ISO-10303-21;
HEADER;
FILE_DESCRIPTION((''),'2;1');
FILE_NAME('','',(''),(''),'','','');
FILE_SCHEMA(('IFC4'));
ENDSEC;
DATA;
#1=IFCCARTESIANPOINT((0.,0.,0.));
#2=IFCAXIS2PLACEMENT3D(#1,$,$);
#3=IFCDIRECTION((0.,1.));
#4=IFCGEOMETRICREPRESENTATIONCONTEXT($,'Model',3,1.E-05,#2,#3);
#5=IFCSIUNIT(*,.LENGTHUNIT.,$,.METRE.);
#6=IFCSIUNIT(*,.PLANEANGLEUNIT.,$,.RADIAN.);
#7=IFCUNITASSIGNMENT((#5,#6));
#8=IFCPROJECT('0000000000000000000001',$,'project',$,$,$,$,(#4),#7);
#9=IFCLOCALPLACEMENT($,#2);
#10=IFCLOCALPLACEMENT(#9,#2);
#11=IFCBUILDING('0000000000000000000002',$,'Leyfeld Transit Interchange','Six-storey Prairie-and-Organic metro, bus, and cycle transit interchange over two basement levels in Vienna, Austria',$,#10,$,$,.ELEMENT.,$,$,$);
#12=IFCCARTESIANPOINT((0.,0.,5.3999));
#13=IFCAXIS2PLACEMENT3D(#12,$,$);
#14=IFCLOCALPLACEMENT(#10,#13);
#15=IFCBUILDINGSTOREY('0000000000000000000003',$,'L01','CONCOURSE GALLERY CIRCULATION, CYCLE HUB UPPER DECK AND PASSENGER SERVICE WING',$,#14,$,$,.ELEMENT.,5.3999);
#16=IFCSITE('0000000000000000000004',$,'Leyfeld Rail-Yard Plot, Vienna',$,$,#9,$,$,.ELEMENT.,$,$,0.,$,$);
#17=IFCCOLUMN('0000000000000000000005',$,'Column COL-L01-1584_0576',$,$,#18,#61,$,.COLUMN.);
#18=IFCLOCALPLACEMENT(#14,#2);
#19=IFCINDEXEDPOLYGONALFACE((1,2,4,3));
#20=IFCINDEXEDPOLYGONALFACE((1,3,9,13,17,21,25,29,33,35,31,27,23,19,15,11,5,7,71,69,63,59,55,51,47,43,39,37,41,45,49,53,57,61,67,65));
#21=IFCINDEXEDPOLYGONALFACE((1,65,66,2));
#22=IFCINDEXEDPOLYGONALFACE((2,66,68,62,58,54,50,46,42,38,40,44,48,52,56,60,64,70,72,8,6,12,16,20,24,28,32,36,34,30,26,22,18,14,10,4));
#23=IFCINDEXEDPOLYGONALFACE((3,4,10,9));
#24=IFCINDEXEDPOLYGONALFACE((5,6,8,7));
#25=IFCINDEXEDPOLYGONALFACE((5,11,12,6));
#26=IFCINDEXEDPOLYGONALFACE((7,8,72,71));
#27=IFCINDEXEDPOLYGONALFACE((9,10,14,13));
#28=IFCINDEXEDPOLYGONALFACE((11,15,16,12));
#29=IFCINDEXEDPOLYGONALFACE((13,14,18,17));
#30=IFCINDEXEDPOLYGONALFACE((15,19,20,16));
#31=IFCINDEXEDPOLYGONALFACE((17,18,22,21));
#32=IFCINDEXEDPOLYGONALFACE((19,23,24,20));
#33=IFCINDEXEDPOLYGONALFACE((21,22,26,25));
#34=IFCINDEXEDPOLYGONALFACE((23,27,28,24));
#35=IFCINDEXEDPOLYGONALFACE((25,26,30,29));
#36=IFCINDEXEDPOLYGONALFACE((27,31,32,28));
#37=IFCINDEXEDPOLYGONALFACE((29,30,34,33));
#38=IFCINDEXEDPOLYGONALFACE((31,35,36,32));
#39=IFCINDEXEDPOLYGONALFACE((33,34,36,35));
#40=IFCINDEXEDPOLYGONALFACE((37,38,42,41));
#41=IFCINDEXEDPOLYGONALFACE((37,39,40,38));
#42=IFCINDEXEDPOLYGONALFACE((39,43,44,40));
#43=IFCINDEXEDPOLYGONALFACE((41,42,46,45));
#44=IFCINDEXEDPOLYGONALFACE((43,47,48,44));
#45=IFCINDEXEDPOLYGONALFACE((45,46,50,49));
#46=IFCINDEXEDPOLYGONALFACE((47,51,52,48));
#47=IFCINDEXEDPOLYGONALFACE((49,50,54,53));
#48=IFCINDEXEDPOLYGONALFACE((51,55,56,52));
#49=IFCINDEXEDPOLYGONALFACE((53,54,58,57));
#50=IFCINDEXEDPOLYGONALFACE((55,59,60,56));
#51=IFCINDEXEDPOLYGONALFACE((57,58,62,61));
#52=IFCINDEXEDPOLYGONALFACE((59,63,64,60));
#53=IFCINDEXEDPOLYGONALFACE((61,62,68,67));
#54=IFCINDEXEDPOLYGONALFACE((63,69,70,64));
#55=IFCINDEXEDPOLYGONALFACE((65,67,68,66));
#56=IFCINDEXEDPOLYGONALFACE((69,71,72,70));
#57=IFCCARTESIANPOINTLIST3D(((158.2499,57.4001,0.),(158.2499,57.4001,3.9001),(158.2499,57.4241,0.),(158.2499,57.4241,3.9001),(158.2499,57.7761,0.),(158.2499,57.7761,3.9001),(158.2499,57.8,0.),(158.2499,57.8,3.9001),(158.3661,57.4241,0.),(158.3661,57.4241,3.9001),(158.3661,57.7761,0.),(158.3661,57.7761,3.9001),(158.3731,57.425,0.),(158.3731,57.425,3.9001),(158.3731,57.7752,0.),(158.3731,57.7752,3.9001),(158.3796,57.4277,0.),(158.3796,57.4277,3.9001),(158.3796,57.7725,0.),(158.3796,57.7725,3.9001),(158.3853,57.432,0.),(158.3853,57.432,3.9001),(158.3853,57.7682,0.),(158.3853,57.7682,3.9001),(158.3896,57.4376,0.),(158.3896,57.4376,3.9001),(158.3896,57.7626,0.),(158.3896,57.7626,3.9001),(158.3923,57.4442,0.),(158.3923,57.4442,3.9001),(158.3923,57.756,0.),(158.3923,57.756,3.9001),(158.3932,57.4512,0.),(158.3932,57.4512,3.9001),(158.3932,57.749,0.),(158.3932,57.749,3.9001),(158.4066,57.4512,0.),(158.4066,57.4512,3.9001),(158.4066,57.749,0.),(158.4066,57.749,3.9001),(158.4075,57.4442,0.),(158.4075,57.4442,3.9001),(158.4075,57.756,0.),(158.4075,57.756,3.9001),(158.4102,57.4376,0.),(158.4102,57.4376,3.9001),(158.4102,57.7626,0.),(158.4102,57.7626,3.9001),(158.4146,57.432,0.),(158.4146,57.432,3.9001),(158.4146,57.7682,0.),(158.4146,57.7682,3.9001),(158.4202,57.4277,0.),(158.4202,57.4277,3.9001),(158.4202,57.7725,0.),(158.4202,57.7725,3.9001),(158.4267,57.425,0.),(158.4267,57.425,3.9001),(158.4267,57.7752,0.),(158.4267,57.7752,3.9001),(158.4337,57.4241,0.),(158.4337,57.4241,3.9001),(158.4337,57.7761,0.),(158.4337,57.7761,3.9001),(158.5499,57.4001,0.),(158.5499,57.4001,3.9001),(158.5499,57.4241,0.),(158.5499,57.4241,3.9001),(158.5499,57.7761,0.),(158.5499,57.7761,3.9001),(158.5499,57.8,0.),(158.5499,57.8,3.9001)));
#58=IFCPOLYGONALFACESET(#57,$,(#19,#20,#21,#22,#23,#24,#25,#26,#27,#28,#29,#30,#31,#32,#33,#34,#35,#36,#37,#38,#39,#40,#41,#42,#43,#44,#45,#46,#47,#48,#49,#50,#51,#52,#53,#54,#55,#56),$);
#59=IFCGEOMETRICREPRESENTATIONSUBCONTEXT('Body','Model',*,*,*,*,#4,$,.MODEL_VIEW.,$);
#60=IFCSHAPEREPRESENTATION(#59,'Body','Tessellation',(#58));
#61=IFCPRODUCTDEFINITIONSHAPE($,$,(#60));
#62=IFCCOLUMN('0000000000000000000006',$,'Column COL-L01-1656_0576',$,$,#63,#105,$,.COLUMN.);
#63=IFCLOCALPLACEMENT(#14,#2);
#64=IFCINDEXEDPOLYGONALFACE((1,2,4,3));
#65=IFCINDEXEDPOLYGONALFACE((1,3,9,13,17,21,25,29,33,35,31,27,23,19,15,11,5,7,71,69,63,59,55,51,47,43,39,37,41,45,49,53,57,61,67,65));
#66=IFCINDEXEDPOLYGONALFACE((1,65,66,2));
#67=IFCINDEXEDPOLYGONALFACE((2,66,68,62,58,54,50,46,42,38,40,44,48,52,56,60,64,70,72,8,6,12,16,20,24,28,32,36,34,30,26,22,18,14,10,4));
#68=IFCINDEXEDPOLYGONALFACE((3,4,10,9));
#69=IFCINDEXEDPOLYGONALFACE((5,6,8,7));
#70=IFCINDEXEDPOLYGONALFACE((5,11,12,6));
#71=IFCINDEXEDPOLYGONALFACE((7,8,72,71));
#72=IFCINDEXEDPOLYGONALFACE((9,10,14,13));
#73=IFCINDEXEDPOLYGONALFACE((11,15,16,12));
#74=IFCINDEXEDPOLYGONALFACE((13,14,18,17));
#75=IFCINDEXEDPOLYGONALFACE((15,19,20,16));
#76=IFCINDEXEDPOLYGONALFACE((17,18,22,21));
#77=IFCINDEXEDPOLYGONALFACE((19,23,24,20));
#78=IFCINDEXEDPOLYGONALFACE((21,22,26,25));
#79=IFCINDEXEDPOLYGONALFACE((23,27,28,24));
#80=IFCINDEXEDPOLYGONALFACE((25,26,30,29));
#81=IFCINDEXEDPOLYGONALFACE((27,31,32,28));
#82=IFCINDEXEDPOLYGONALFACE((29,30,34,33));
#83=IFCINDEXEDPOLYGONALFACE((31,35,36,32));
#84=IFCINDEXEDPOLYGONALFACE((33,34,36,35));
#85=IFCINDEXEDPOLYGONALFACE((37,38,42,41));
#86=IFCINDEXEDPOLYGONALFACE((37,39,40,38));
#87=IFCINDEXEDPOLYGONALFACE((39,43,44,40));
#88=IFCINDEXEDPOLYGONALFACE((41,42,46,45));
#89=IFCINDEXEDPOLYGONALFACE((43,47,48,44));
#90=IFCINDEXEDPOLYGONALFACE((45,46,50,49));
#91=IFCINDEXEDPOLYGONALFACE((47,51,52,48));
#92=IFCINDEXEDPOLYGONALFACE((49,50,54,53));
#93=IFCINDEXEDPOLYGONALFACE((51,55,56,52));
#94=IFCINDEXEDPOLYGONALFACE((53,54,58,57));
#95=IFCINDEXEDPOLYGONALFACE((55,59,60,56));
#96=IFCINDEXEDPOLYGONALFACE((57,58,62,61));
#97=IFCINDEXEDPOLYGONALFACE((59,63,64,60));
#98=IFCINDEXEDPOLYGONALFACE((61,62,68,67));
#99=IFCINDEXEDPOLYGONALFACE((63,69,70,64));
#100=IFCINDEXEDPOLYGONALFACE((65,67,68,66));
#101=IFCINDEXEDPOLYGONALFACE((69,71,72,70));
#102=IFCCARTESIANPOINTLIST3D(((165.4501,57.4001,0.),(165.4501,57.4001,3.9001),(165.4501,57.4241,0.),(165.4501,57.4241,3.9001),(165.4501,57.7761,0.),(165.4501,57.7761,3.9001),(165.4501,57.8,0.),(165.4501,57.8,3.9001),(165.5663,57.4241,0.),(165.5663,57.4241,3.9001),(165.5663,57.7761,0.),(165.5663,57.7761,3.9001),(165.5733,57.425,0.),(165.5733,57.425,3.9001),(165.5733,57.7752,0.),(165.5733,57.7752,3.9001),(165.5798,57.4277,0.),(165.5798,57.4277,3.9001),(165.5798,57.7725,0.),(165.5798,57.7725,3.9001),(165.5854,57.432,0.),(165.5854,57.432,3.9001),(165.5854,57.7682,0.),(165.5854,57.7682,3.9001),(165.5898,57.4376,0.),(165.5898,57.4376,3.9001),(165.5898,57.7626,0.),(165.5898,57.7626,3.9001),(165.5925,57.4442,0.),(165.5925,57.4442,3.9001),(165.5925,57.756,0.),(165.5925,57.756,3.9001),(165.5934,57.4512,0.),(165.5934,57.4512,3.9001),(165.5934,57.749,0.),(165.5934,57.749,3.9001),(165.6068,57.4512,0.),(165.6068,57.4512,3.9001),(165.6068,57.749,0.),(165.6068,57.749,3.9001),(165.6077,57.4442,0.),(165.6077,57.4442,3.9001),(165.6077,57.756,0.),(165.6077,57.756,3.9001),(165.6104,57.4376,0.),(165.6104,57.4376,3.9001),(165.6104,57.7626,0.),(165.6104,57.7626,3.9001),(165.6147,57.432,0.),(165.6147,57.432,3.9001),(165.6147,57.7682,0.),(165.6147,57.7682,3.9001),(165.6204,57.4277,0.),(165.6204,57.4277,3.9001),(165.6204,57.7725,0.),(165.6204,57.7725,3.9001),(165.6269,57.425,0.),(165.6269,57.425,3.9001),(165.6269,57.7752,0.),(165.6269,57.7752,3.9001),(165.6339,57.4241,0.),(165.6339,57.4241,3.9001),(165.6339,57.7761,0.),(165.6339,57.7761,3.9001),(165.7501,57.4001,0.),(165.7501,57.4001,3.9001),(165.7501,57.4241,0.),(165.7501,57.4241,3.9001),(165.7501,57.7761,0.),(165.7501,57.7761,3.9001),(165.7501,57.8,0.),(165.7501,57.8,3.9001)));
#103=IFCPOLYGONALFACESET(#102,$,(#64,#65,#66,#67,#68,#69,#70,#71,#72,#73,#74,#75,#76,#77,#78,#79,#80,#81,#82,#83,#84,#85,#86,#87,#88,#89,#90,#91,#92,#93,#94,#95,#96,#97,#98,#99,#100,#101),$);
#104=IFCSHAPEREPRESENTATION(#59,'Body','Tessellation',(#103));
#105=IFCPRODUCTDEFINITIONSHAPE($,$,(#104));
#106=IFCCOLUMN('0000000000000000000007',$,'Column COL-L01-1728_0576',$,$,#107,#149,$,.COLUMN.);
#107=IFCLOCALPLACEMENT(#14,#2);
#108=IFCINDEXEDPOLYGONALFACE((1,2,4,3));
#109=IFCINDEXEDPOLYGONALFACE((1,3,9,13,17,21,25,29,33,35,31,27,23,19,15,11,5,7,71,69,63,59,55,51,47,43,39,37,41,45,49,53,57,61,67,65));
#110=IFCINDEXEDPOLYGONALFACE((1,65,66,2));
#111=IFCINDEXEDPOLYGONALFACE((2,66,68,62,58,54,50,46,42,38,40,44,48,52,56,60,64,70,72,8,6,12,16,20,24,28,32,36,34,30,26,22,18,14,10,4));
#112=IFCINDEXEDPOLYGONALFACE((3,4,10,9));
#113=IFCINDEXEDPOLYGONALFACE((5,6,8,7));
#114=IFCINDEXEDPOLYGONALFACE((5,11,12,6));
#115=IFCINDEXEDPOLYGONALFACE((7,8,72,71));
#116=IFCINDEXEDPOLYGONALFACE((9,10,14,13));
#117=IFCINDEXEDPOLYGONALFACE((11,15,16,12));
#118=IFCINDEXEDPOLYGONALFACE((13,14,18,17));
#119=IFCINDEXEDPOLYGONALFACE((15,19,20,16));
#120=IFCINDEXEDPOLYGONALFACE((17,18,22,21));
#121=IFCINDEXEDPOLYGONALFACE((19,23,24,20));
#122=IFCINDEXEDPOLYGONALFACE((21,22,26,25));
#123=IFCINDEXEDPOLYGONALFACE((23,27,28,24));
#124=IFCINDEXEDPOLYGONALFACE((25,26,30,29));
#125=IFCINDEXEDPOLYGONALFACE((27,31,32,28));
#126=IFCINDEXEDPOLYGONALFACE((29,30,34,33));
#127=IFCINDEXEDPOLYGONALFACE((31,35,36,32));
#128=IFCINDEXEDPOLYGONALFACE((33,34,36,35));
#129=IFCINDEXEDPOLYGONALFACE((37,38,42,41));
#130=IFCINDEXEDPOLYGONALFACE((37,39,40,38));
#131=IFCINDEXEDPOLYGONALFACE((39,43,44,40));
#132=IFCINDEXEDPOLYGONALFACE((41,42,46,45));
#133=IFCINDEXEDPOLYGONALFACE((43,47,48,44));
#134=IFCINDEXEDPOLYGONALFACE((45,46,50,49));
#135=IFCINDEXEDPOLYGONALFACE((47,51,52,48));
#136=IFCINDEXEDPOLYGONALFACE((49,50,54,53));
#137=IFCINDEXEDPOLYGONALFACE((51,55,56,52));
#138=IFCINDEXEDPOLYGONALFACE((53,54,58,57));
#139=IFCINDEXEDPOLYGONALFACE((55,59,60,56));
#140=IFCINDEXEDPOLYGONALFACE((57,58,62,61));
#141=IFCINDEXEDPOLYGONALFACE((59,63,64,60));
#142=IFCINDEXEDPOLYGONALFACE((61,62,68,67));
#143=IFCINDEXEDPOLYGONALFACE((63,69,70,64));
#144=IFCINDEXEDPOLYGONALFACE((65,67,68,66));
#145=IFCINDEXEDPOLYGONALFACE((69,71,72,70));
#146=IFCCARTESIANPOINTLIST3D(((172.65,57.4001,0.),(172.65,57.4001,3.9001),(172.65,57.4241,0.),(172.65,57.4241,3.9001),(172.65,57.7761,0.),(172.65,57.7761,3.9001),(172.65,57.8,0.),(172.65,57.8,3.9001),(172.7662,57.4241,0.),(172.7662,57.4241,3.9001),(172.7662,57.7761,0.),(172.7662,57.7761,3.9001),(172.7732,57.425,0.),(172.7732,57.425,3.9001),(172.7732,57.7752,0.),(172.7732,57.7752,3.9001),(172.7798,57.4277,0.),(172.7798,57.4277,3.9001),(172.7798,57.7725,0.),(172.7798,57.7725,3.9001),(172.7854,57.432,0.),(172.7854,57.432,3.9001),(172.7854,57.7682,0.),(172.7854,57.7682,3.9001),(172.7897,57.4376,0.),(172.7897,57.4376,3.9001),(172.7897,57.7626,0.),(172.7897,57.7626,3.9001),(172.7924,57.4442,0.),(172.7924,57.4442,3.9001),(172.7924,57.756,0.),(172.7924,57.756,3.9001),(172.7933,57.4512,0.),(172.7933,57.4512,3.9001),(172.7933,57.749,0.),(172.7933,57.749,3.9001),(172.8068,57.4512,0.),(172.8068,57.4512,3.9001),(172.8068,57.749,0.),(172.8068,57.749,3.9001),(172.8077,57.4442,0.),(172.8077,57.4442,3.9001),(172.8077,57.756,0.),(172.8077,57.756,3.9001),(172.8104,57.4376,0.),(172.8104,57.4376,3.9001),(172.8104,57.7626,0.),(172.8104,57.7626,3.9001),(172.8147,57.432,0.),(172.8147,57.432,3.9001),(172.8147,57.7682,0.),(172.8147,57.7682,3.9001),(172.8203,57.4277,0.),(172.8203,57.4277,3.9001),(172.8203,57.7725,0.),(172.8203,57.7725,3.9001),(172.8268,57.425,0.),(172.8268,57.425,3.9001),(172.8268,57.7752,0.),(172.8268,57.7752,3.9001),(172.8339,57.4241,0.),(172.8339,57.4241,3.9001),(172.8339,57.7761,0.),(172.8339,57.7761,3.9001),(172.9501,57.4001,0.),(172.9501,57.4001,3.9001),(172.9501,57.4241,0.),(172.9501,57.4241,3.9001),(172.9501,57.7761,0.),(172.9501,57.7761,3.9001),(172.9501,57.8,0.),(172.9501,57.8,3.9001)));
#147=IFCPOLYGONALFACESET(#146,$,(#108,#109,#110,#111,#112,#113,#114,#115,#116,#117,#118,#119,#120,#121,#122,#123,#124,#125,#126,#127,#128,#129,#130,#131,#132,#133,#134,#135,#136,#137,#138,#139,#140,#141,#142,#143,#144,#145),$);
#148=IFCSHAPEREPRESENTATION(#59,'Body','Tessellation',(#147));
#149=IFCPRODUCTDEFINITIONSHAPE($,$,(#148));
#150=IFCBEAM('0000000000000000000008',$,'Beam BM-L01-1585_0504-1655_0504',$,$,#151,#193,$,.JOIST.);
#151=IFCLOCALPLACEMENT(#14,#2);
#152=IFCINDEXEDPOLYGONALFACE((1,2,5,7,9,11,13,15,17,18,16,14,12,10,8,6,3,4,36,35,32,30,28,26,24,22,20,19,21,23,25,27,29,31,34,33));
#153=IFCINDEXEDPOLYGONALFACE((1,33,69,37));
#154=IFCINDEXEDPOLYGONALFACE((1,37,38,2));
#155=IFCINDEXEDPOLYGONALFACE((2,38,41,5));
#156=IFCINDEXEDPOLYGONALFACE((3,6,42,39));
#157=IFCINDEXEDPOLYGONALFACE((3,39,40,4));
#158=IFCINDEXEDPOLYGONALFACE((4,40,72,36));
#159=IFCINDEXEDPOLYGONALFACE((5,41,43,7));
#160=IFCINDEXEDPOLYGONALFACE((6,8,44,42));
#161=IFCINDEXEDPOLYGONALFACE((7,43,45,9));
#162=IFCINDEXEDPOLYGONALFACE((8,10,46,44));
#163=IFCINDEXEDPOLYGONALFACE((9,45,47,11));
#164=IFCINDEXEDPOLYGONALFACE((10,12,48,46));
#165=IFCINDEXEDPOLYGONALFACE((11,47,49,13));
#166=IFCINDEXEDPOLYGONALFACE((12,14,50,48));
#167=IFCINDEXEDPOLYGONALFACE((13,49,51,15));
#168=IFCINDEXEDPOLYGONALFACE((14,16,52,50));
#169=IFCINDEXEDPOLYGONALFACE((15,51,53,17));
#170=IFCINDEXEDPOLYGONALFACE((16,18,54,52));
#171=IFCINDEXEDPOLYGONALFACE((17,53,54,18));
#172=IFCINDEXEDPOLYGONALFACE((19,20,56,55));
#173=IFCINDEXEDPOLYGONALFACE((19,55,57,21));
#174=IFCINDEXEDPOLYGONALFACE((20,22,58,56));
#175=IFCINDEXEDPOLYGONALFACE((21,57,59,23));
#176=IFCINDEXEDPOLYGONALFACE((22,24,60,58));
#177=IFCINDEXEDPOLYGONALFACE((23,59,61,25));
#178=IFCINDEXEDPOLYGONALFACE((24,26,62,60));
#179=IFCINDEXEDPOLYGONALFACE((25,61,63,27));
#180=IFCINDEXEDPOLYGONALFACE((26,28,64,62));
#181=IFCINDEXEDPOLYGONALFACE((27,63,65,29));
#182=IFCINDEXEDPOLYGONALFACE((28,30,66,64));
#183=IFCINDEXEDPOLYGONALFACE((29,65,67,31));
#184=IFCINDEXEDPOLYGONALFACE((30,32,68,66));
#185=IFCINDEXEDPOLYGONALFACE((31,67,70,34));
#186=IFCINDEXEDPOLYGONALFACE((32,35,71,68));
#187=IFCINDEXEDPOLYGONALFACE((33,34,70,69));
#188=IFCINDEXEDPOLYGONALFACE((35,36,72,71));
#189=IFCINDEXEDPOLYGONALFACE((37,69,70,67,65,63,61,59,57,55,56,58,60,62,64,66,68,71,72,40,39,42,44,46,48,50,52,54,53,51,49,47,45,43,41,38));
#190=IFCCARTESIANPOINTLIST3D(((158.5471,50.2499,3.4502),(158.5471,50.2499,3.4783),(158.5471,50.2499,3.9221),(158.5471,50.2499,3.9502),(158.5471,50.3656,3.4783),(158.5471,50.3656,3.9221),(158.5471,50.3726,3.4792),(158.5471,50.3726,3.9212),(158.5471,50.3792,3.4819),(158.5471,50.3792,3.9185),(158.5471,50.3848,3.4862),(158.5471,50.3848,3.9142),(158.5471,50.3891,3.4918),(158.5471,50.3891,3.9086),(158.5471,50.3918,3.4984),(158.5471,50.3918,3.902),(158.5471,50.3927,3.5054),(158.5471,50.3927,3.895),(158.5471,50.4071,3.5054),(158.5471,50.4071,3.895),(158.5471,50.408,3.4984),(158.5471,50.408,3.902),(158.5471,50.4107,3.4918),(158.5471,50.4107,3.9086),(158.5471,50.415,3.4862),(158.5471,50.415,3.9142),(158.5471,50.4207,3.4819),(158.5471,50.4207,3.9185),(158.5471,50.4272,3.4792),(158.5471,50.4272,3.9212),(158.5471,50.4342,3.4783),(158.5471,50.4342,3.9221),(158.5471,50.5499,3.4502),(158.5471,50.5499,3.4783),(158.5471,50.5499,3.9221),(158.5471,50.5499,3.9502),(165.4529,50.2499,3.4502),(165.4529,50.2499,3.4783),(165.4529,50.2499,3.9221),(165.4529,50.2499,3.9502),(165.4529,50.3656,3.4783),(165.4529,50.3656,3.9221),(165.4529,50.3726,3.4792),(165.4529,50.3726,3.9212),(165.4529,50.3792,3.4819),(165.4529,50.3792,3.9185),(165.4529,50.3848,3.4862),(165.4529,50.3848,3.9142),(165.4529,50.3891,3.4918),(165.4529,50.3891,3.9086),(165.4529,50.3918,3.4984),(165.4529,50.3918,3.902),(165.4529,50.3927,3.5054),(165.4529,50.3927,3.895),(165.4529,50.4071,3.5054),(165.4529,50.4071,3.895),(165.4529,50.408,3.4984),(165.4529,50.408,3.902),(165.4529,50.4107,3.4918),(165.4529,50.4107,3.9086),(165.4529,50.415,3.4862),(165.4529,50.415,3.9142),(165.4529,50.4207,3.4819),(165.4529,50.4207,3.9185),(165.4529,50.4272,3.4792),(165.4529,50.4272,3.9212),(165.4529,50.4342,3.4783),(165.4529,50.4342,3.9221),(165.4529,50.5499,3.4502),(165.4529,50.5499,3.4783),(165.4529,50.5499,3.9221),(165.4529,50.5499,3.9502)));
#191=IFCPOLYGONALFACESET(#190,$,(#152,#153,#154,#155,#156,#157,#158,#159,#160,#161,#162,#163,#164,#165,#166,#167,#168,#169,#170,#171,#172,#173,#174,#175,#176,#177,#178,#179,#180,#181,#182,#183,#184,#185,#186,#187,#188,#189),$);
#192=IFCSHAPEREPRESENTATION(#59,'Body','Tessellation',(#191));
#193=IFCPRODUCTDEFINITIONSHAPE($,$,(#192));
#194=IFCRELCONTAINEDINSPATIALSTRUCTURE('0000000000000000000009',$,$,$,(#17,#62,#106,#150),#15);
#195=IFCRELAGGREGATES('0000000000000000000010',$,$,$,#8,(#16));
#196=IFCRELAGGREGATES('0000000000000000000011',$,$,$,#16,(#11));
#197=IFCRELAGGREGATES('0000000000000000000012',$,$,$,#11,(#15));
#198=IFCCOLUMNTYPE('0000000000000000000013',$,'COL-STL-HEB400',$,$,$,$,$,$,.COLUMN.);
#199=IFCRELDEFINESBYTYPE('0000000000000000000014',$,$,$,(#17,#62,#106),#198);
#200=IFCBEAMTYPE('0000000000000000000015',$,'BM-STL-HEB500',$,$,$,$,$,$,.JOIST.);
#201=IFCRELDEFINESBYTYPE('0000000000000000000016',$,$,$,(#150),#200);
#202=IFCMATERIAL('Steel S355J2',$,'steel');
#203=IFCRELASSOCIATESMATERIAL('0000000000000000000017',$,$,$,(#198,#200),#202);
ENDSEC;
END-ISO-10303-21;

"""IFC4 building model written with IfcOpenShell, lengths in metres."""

from ifc_helpers import new_model, si_unit, direction, frame, origin, origin_2d, place, context, subcontext, project, spatial, i_section, extrude, material, material_profile, profile_set, type_object, element, save


model = new_model("IFC4")

# Units and contexts
model_context = context("Model", 3, precision=1e-05, world=origin(), true_north=direction((0.0, 1.0)))
body_context = subcontext(model_context, "Body", "Model", "MODEL_VIEW")
ifc_project = project(units=[si_unit("LENGTHUNIT", "METRE"), si_unit("PLANEANGLEUNIT", "RADIAN")], contexts=[model_context])

# Site, building, storey
site_placement = place(None, origin())
site = spatial("IfcSite", under=ifc_project, at=site_placement, Name="Leyfeld Rail-Yard Plot, Vienna", CompositionType="ELEMENT", RefElevation=0.0)
building_placement = place(site_placement, origin())
building = spatial("IfcBuilding", under=site, at=building_placement, Name="Leyfeld Transit Interchange", Description="Six-storey Prairie-and-Organic metro, bus, and cycle transit interchange over two basement levels in Vienna, Austria", CompositionType="ELEMENT")
storey_placement = place(building_placement, frame((0.0, 0.0, 5.3999)))
storey = spatial("IfcBuildingStorey", under=building, at=storey_placement, Name="L01", Description="CONCOURSE GALLERY CIRCULATION, CYCLE HUB UPPER DECK AND PASSENGER SERVICE WING", CompositionType="ELEMENT", Elevation=5.3999)

# Columns
ifc_material_1 = material(Name="Steel S355J2", Category="steel")
ifc_material_profile_1 = material_profile(ifc_material_1, i_section(OverallWidth=0.3, OverallDepth=0.3999, WebThickness=0.0134, FlangeThickness=0.0239, FilletRadius=0.0271, at=origin_2d()), Name="HEB 400")
ifc_profile_set_1 = profile_set([ifc_material_profile_1], Name="Steel S355J2")
column_type = type_object("IfcColumnType", Name="COL-STL-HEB400", PredefinedType="COLUMN", material=ifc_profile_set_1)
for number, where, z_axis, x_axis, name in (
    (1, (158.3999, 57.6001, 0.0), (0.0, 0.0, 1.0), (1.0, 0.0, 0.0), "Column COL-L01-1584_0576"),
    (2, (165.6001, 57.6001, 0.0), (0.0, 0.0, 1.0), (1.0, 0.0, 0.0), "Column COL-L01-1656_0576"),
    (3, (172.8, 57.6001, 0.0), (0.0, 0.0, 1.0), (1.0, 0.0, 0.0), "Column COL-L01-1728_0576"),
):
    element("IfcColumn", number, at=place(storey_placement, frame(where, z_axis=z_axis, x_axis=x_axis)), inside=storey, type_object=column_type, Name=name, PredefinedType="COLUMN", context=body_context, shape_type="SweptSolid", body=[
        extrude(i_section(OverallWidth=0.3, OverallDepth=0.3999, WebThickness=0.0134, FlangeThickness=0.0239, FilletRadius=0.0271, at=origin_2d()), origin(), (0.0, 0.0, 1.0), 3.9001),
    ])

# Beam
ifc_material_profile_2 = material_profile(ifc_material_1, i_section(OverallWidth=0.3, OverallDepth=0.5, WebThickness=0.0144, FlangeThickness=0.0281, FilletRadius=0.0271, at=origin_2d()), Name="HEB 500")
ifc_profile_set_2 = profile_set([ifc_material_profile_2], Name="Steel S355J2")
beam_type_1 = type_object("IfcBeamType", Name="BM-STL-HEB500", PredefinedType="JOIST", material=ifc_profile_set_2)
beam_1_placement = place(storey_placement, frame((158.5471, 50.3999, 3.7002), z_axis=(1.0, 0.0, 0.0), x_axis=(0.0, 1.0, 0.0)))
element("IfcBeam", 4, at=beam_1_placement, inside=storey, type_object=beam_type_1, Name="Beam BM-L01-1585_0504-1655_0504", PredefinedType="JOIST", context=body_context, shape_type="SweptSolid", body=[
    extrude(i_section(OverallWidth=0.3, OverallDepth=0.5, WebThickness=0.0144, FlangeThickness=0.0281, FilletRadius=0.0271, at=origin_2d()), origin(), (0.0, 0.0, 1.0), 6.9058),
])

save(model, "model.ifc")
